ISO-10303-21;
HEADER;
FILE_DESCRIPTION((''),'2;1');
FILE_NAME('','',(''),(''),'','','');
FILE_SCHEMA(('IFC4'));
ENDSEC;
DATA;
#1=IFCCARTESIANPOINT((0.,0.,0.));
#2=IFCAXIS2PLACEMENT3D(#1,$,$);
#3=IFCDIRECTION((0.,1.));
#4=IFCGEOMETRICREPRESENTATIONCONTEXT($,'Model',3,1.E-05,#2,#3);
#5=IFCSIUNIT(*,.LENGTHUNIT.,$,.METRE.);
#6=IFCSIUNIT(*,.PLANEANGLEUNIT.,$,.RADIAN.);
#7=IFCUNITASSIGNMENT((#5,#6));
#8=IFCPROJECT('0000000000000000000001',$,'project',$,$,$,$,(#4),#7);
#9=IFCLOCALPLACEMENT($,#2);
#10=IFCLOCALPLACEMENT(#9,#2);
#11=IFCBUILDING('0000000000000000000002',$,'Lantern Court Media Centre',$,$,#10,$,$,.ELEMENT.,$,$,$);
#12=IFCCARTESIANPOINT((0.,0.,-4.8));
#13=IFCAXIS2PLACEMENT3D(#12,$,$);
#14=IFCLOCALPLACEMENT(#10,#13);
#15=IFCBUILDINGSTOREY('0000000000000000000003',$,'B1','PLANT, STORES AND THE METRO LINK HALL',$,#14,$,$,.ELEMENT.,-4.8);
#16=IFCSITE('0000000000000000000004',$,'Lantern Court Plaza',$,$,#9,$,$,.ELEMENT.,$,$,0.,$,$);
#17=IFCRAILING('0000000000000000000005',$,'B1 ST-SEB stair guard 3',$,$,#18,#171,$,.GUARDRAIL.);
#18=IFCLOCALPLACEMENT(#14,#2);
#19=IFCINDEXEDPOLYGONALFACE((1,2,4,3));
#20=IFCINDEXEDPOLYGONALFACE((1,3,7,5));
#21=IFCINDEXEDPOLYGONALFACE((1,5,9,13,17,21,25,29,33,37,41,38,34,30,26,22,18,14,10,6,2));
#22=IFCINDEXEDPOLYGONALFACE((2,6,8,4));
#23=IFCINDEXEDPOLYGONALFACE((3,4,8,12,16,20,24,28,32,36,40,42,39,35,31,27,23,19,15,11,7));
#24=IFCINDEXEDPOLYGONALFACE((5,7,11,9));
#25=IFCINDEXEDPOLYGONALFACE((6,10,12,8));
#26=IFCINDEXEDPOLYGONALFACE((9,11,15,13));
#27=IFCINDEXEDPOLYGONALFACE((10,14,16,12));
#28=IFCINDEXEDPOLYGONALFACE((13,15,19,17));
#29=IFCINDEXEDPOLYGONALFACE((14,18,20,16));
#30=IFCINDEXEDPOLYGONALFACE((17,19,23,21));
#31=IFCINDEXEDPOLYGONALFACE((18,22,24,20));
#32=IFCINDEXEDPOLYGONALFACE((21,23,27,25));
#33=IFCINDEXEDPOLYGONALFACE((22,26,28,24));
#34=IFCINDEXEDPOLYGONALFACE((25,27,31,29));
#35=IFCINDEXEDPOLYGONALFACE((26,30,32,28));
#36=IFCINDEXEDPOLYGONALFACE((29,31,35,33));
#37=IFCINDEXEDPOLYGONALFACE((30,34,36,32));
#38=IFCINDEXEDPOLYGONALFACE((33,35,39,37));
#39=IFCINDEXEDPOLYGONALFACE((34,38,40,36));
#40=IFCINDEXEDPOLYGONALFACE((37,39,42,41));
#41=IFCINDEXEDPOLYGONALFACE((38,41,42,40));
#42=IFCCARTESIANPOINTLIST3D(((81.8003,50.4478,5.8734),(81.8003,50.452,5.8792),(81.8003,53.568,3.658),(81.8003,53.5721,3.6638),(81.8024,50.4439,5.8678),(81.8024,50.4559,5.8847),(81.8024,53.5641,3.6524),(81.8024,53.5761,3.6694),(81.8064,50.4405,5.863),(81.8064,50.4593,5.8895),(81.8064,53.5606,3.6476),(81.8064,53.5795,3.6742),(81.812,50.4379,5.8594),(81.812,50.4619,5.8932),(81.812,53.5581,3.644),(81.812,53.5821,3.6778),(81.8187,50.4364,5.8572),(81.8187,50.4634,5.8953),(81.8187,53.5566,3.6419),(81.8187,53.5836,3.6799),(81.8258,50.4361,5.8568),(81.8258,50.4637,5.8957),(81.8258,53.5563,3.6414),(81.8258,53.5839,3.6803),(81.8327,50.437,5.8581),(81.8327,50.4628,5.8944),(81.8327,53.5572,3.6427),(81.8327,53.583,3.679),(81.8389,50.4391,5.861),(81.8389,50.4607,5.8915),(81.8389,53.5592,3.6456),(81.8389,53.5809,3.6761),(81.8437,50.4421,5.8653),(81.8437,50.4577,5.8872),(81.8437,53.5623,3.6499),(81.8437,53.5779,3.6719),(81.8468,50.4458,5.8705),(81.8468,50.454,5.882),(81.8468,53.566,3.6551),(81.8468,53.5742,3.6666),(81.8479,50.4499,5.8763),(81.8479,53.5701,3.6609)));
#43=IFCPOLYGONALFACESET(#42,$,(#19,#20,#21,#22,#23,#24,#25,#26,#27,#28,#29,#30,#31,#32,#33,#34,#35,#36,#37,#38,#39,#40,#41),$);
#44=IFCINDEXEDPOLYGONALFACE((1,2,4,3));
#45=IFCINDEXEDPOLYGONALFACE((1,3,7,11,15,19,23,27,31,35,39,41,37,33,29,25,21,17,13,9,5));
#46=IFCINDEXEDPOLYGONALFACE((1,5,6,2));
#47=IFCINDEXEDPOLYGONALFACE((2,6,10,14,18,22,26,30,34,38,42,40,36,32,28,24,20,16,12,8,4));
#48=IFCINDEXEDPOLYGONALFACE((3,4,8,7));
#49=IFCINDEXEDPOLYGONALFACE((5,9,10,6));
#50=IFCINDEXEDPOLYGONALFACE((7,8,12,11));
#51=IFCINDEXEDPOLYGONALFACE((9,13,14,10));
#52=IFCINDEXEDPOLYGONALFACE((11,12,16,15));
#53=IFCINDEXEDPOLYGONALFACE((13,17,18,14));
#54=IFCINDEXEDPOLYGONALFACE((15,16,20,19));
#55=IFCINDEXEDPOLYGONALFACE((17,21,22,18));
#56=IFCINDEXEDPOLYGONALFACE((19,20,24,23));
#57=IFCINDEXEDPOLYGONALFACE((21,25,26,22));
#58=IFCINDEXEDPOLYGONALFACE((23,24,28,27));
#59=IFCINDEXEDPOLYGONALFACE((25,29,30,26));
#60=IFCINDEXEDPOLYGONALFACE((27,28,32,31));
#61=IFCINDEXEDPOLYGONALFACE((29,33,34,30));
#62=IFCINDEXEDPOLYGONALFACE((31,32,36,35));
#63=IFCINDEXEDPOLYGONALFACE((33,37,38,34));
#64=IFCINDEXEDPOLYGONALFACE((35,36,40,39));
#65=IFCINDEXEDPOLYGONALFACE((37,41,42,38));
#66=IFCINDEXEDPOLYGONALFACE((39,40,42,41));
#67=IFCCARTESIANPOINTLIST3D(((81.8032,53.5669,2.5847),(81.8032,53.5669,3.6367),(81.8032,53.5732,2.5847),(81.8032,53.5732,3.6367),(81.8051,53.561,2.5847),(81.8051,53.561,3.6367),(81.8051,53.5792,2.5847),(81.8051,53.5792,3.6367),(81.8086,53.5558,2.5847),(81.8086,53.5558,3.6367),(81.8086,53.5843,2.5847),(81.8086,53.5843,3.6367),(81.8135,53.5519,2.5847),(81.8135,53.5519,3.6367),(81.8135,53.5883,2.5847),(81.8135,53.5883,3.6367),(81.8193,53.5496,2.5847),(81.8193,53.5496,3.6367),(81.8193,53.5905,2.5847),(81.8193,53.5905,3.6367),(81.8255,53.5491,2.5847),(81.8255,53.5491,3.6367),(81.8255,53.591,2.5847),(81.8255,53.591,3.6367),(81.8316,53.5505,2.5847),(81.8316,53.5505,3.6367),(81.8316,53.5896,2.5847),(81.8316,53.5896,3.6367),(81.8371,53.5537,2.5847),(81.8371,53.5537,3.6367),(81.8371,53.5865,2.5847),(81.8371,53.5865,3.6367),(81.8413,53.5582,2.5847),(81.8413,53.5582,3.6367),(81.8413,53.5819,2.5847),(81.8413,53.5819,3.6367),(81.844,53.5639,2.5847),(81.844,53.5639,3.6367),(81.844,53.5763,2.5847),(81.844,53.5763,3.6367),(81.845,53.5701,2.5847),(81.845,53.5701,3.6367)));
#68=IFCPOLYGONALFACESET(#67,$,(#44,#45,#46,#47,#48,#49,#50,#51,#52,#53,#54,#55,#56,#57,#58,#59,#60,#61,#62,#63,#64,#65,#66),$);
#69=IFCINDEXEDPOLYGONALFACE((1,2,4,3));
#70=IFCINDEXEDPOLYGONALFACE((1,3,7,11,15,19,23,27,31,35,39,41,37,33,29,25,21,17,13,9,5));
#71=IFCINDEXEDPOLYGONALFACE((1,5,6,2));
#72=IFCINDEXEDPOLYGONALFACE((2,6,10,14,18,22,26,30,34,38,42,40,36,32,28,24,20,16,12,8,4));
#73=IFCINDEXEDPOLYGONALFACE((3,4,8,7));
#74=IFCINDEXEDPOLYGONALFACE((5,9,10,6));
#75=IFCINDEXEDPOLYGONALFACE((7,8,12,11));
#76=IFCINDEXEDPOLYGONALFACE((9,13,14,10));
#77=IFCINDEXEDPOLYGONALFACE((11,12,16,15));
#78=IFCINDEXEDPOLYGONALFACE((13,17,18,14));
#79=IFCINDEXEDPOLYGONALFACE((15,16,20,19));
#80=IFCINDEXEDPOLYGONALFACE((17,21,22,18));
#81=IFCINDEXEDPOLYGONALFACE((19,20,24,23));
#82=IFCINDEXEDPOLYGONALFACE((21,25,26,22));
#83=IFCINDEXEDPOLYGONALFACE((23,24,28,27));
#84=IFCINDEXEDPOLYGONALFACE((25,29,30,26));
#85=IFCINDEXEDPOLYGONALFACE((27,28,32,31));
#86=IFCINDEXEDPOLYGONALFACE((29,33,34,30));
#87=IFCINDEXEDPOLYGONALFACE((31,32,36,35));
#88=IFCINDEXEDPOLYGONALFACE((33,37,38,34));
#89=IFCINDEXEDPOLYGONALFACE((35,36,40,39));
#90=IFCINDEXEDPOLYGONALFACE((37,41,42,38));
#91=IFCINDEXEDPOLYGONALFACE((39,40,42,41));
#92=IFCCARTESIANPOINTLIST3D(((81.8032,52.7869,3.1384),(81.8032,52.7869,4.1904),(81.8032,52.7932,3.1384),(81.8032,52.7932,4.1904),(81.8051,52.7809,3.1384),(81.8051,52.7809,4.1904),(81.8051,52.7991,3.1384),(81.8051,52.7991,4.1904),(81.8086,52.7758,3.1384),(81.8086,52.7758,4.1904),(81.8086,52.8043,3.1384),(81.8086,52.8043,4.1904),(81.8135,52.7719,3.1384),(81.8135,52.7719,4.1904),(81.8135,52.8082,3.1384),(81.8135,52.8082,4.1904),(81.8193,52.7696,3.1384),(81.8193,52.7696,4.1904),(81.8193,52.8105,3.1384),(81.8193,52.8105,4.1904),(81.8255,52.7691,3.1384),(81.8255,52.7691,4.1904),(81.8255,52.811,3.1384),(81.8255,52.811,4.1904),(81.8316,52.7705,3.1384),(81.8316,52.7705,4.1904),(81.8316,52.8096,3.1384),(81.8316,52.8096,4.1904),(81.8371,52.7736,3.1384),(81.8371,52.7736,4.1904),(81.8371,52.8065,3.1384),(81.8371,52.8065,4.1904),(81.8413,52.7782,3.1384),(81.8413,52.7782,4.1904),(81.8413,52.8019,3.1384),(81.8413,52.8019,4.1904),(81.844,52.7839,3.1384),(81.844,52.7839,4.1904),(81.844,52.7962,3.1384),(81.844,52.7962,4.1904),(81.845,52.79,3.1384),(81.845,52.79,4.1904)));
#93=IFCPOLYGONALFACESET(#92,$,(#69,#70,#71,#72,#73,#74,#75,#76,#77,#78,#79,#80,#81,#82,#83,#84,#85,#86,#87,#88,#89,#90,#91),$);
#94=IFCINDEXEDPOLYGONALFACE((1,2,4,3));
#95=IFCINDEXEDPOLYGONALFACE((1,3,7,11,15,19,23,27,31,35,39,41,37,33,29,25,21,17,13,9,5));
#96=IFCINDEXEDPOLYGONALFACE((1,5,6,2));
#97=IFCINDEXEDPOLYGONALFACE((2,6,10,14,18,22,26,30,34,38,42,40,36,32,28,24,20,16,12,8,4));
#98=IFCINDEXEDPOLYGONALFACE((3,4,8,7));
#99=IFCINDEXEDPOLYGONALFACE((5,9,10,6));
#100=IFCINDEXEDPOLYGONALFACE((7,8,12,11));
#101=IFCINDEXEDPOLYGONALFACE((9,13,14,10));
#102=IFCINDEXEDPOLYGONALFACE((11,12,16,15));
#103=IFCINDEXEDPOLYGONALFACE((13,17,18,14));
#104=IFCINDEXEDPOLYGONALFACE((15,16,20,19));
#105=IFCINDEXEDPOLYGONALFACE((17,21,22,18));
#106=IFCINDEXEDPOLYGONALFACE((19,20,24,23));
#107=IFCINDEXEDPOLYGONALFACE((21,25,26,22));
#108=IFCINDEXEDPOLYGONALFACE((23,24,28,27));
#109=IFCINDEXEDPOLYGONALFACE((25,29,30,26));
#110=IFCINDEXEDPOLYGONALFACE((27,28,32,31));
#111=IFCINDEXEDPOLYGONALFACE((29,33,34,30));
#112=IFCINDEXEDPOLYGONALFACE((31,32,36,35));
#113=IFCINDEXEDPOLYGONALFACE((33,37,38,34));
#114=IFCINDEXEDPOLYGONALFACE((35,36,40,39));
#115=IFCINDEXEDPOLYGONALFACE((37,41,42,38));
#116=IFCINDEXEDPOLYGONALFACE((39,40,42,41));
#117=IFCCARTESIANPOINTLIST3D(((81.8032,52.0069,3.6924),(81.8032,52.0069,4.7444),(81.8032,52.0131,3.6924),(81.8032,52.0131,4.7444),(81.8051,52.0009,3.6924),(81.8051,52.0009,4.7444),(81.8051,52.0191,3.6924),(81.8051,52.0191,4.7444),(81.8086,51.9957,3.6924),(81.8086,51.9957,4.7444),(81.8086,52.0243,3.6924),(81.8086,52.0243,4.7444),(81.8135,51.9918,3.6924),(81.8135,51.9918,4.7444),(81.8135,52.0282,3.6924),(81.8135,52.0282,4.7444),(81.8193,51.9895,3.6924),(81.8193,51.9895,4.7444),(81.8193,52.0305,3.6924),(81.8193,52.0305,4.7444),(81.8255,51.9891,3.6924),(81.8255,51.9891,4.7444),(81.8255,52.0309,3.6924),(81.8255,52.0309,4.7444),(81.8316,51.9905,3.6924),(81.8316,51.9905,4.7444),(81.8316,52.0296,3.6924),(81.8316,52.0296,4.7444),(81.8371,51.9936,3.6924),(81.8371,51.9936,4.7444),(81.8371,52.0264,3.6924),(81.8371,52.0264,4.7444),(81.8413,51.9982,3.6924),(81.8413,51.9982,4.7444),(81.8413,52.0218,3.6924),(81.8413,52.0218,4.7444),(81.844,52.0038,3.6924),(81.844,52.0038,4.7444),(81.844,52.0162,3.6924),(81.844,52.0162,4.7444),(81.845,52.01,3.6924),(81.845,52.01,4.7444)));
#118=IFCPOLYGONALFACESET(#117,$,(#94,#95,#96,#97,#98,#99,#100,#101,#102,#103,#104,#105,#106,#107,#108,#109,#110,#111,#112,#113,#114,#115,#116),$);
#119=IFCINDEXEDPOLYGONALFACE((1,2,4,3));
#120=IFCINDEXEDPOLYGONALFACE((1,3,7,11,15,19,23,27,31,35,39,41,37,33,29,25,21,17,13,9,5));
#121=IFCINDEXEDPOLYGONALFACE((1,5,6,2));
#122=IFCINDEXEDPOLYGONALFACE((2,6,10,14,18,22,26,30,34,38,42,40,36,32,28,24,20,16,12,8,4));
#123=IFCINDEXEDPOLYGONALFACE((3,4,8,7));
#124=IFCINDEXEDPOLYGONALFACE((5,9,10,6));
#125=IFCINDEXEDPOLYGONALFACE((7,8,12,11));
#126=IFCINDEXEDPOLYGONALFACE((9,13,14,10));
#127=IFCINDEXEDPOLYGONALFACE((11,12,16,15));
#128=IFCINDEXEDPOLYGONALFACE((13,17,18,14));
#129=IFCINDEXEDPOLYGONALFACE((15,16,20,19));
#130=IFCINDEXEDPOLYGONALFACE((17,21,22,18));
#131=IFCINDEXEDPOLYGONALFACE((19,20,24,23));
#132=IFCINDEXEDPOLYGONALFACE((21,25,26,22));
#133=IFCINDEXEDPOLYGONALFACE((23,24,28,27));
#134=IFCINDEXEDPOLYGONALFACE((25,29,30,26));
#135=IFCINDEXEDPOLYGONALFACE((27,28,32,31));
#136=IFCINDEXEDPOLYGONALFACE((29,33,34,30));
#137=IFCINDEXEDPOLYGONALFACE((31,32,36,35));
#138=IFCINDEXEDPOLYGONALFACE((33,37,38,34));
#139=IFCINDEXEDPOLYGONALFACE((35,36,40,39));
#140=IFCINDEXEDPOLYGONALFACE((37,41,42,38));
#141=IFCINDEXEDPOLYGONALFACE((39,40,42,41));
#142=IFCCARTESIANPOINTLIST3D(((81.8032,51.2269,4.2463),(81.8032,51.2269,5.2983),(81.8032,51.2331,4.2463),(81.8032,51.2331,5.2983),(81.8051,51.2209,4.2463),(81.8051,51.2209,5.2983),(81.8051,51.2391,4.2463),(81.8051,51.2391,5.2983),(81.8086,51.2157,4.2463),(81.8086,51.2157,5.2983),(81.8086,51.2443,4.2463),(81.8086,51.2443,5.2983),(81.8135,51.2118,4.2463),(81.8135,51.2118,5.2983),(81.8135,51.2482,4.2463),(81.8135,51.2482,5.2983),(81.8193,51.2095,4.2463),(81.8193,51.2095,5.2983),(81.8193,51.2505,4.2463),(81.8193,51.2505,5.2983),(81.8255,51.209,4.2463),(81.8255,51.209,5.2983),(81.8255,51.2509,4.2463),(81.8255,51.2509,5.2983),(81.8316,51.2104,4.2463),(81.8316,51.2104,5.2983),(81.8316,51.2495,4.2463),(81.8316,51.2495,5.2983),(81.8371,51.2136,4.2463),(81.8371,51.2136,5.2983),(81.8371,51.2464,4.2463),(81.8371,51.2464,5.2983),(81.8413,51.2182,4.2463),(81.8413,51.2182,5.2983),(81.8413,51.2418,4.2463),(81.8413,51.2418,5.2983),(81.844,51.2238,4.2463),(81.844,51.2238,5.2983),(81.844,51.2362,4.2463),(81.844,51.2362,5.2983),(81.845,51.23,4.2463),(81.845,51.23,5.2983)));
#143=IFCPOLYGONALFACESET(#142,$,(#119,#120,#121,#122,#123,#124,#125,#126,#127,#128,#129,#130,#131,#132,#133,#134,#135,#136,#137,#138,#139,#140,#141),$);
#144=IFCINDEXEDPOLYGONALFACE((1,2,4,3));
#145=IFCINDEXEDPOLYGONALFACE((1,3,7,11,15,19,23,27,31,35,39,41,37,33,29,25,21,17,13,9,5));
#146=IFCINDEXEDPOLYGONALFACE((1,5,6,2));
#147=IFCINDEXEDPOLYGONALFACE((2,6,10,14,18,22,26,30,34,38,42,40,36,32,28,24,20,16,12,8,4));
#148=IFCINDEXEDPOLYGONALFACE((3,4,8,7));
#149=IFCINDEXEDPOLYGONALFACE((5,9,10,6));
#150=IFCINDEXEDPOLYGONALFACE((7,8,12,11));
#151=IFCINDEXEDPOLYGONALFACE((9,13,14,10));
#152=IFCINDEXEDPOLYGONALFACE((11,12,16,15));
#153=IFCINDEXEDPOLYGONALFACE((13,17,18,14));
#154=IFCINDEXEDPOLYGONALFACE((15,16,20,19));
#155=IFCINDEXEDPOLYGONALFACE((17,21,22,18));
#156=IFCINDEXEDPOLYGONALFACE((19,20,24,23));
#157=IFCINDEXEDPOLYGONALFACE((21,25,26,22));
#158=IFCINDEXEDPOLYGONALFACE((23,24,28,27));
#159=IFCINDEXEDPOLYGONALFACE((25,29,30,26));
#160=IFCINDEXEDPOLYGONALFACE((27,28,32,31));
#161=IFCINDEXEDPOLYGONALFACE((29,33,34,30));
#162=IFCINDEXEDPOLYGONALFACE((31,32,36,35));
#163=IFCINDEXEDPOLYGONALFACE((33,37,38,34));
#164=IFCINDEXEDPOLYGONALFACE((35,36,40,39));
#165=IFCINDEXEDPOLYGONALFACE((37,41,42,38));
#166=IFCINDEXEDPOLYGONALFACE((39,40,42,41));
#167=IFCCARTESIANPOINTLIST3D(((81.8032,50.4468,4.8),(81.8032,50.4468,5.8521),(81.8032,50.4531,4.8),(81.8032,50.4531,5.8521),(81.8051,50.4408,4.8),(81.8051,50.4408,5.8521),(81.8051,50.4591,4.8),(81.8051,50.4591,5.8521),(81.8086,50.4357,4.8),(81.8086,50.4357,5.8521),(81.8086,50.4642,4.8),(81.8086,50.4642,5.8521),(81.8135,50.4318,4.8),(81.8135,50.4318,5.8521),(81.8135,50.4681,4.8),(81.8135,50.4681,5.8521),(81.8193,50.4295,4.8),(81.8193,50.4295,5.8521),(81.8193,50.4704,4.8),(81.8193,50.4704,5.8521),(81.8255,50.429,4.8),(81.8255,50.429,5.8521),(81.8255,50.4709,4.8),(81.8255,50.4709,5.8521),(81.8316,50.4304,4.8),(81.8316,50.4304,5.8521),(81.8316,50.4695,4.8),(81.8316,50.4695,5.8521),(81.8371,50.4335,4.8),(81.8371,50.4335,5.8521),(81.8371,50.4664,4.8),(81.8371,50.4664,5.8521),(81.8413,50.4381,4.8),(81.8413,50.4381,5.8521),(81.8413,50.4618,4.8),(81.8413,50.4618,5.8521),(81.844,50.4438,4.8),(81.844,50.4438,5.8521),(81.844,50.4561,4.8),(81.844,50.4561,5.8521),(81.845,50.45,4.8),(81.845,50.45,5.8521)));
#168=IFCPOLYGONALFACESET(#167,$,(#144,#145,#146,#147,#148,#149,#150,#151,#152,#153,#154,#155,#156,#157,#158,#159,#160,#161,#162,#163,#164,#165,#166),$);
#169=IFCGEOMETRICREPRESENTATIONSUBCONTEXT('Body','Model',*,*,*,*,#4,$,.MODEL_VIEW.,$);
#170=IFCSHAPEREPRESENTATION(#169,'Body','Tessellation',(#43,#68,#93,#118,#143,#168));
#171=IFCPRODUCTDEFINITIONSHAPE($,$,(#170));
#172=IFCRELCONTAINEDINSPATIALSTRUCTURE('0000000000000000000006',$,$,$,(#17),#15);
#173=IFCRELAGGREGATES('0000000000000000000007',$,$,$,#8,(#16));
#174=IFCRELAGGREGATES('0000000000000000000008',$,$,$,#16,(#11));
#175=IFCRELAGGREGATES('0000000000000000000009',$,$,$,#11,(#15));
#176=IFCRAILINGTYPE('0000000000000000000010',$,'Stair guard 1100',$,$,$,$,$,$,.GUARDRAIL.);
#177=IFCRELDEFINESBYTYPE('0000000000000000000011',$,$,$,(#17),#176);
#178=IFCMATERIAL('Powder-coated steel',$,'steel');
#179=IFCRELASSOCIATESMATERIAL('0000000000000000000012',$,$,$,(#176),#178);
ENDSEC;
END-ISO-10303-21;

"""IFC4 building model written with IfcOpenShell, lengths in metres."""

from ifc_helpers import new_model, si_unit, direction, frame, origin, origin_2d, place, context, subcontext, project, spatial, circle, extrude, material, type_object, element, save


model = new_model("IFC4")

# Units and contexts
model_context = context("Model", 3, precision=1e-05, world=origin(), true_north=direction((0.0, 1.0)))
body_context = subcontext(model_context, "Body", "Model", "MODEL_VIEW")
ifc_project = project(units=[si_unit("LENGTHUNIT", "METRE"), si_unit("PLANEANGLEUNIT", "RADIAN")], contexts=[model_context])

# Site, building, storey
site_placement = place(None, origin())
site = spatial("IfcSite", under=ifc_project, at=site_placement, Name="Lantern Court Plaza", CompositionType="ELEMENT", RefElevation=0.0)
building_placement = place(site_placement, origin())
building = spatial("IfcBuilding", under=site, at=building_placement, Name="Lantern Court Media Centre", CompositionType="ELEMENT")
storey_placement = place(building_placement, frame((0.0, 0.0, -4.8)))
storey = spatial("IfcBuildingStorey", under=building, at=storey_placement, Name="B1", Description="PLANT, STORES AND THE METRO LINK HALL", CompositionType="ELEMENT", Elevation=-4.8)

# Railing
ifc_material_1 = material(Name="Powder-coated steel", Category="steel")
railing_type_1 = type_object("IfcRailingType", Name="Stair guard 1100", PredefinedType="GUARDRAIL", material=ifc_material_1)
railing_1_placement = place(storey_placement, frame((81.824, 53.5701, 2.5847)))
element("IfcRailing", 1, at=railing_1_placement, inside=storey, type_object=railing_type_1, Name="B1 ST-SEB stair guard 3", PredefinedType="GUARDRAIL", context=body_context, shape_type="SweptSolid", body=[
    extrude(circle(Radius=0.0239, at=origin_2d()), frame((0.0, 0.0, 1.0762), z_axis=(0.0, -0.815377, 0.57893), x_axis=(1.0, 0.0, 0.0)), (0.0, 0.0, 1.0), 3.8267),
    extrude(circle(Radius=0.021, at=origin_2d()), origin(), (0.0, 0.0, 1.0), 1.052),
    extrude(circle(Radius=0.021, at=origin_2d()), frame((0.0, -0.78, 0.5537)), (0.0, 0.0, 1.0), 1.052),
    extrude(circle(Radius=0.021, at=origin_2d()), frame((0.0, -1.5601, 1.1077)), (0.0, 0.0, 1.0), 1.052),
    extrude(circle(Radius=0.021, at=origin_2d()), frame((0.0, -2.3401, 1.6616)), (0.0, 0.0, 1.0), 1.052),
    extrude(circle(Radius=0.021, at=origin_2d()), frame((0.0, -3.1201, 2.2153)), (0.0, 0.0, 1.0), 1.052),
])

save(model, "model.ifc")
